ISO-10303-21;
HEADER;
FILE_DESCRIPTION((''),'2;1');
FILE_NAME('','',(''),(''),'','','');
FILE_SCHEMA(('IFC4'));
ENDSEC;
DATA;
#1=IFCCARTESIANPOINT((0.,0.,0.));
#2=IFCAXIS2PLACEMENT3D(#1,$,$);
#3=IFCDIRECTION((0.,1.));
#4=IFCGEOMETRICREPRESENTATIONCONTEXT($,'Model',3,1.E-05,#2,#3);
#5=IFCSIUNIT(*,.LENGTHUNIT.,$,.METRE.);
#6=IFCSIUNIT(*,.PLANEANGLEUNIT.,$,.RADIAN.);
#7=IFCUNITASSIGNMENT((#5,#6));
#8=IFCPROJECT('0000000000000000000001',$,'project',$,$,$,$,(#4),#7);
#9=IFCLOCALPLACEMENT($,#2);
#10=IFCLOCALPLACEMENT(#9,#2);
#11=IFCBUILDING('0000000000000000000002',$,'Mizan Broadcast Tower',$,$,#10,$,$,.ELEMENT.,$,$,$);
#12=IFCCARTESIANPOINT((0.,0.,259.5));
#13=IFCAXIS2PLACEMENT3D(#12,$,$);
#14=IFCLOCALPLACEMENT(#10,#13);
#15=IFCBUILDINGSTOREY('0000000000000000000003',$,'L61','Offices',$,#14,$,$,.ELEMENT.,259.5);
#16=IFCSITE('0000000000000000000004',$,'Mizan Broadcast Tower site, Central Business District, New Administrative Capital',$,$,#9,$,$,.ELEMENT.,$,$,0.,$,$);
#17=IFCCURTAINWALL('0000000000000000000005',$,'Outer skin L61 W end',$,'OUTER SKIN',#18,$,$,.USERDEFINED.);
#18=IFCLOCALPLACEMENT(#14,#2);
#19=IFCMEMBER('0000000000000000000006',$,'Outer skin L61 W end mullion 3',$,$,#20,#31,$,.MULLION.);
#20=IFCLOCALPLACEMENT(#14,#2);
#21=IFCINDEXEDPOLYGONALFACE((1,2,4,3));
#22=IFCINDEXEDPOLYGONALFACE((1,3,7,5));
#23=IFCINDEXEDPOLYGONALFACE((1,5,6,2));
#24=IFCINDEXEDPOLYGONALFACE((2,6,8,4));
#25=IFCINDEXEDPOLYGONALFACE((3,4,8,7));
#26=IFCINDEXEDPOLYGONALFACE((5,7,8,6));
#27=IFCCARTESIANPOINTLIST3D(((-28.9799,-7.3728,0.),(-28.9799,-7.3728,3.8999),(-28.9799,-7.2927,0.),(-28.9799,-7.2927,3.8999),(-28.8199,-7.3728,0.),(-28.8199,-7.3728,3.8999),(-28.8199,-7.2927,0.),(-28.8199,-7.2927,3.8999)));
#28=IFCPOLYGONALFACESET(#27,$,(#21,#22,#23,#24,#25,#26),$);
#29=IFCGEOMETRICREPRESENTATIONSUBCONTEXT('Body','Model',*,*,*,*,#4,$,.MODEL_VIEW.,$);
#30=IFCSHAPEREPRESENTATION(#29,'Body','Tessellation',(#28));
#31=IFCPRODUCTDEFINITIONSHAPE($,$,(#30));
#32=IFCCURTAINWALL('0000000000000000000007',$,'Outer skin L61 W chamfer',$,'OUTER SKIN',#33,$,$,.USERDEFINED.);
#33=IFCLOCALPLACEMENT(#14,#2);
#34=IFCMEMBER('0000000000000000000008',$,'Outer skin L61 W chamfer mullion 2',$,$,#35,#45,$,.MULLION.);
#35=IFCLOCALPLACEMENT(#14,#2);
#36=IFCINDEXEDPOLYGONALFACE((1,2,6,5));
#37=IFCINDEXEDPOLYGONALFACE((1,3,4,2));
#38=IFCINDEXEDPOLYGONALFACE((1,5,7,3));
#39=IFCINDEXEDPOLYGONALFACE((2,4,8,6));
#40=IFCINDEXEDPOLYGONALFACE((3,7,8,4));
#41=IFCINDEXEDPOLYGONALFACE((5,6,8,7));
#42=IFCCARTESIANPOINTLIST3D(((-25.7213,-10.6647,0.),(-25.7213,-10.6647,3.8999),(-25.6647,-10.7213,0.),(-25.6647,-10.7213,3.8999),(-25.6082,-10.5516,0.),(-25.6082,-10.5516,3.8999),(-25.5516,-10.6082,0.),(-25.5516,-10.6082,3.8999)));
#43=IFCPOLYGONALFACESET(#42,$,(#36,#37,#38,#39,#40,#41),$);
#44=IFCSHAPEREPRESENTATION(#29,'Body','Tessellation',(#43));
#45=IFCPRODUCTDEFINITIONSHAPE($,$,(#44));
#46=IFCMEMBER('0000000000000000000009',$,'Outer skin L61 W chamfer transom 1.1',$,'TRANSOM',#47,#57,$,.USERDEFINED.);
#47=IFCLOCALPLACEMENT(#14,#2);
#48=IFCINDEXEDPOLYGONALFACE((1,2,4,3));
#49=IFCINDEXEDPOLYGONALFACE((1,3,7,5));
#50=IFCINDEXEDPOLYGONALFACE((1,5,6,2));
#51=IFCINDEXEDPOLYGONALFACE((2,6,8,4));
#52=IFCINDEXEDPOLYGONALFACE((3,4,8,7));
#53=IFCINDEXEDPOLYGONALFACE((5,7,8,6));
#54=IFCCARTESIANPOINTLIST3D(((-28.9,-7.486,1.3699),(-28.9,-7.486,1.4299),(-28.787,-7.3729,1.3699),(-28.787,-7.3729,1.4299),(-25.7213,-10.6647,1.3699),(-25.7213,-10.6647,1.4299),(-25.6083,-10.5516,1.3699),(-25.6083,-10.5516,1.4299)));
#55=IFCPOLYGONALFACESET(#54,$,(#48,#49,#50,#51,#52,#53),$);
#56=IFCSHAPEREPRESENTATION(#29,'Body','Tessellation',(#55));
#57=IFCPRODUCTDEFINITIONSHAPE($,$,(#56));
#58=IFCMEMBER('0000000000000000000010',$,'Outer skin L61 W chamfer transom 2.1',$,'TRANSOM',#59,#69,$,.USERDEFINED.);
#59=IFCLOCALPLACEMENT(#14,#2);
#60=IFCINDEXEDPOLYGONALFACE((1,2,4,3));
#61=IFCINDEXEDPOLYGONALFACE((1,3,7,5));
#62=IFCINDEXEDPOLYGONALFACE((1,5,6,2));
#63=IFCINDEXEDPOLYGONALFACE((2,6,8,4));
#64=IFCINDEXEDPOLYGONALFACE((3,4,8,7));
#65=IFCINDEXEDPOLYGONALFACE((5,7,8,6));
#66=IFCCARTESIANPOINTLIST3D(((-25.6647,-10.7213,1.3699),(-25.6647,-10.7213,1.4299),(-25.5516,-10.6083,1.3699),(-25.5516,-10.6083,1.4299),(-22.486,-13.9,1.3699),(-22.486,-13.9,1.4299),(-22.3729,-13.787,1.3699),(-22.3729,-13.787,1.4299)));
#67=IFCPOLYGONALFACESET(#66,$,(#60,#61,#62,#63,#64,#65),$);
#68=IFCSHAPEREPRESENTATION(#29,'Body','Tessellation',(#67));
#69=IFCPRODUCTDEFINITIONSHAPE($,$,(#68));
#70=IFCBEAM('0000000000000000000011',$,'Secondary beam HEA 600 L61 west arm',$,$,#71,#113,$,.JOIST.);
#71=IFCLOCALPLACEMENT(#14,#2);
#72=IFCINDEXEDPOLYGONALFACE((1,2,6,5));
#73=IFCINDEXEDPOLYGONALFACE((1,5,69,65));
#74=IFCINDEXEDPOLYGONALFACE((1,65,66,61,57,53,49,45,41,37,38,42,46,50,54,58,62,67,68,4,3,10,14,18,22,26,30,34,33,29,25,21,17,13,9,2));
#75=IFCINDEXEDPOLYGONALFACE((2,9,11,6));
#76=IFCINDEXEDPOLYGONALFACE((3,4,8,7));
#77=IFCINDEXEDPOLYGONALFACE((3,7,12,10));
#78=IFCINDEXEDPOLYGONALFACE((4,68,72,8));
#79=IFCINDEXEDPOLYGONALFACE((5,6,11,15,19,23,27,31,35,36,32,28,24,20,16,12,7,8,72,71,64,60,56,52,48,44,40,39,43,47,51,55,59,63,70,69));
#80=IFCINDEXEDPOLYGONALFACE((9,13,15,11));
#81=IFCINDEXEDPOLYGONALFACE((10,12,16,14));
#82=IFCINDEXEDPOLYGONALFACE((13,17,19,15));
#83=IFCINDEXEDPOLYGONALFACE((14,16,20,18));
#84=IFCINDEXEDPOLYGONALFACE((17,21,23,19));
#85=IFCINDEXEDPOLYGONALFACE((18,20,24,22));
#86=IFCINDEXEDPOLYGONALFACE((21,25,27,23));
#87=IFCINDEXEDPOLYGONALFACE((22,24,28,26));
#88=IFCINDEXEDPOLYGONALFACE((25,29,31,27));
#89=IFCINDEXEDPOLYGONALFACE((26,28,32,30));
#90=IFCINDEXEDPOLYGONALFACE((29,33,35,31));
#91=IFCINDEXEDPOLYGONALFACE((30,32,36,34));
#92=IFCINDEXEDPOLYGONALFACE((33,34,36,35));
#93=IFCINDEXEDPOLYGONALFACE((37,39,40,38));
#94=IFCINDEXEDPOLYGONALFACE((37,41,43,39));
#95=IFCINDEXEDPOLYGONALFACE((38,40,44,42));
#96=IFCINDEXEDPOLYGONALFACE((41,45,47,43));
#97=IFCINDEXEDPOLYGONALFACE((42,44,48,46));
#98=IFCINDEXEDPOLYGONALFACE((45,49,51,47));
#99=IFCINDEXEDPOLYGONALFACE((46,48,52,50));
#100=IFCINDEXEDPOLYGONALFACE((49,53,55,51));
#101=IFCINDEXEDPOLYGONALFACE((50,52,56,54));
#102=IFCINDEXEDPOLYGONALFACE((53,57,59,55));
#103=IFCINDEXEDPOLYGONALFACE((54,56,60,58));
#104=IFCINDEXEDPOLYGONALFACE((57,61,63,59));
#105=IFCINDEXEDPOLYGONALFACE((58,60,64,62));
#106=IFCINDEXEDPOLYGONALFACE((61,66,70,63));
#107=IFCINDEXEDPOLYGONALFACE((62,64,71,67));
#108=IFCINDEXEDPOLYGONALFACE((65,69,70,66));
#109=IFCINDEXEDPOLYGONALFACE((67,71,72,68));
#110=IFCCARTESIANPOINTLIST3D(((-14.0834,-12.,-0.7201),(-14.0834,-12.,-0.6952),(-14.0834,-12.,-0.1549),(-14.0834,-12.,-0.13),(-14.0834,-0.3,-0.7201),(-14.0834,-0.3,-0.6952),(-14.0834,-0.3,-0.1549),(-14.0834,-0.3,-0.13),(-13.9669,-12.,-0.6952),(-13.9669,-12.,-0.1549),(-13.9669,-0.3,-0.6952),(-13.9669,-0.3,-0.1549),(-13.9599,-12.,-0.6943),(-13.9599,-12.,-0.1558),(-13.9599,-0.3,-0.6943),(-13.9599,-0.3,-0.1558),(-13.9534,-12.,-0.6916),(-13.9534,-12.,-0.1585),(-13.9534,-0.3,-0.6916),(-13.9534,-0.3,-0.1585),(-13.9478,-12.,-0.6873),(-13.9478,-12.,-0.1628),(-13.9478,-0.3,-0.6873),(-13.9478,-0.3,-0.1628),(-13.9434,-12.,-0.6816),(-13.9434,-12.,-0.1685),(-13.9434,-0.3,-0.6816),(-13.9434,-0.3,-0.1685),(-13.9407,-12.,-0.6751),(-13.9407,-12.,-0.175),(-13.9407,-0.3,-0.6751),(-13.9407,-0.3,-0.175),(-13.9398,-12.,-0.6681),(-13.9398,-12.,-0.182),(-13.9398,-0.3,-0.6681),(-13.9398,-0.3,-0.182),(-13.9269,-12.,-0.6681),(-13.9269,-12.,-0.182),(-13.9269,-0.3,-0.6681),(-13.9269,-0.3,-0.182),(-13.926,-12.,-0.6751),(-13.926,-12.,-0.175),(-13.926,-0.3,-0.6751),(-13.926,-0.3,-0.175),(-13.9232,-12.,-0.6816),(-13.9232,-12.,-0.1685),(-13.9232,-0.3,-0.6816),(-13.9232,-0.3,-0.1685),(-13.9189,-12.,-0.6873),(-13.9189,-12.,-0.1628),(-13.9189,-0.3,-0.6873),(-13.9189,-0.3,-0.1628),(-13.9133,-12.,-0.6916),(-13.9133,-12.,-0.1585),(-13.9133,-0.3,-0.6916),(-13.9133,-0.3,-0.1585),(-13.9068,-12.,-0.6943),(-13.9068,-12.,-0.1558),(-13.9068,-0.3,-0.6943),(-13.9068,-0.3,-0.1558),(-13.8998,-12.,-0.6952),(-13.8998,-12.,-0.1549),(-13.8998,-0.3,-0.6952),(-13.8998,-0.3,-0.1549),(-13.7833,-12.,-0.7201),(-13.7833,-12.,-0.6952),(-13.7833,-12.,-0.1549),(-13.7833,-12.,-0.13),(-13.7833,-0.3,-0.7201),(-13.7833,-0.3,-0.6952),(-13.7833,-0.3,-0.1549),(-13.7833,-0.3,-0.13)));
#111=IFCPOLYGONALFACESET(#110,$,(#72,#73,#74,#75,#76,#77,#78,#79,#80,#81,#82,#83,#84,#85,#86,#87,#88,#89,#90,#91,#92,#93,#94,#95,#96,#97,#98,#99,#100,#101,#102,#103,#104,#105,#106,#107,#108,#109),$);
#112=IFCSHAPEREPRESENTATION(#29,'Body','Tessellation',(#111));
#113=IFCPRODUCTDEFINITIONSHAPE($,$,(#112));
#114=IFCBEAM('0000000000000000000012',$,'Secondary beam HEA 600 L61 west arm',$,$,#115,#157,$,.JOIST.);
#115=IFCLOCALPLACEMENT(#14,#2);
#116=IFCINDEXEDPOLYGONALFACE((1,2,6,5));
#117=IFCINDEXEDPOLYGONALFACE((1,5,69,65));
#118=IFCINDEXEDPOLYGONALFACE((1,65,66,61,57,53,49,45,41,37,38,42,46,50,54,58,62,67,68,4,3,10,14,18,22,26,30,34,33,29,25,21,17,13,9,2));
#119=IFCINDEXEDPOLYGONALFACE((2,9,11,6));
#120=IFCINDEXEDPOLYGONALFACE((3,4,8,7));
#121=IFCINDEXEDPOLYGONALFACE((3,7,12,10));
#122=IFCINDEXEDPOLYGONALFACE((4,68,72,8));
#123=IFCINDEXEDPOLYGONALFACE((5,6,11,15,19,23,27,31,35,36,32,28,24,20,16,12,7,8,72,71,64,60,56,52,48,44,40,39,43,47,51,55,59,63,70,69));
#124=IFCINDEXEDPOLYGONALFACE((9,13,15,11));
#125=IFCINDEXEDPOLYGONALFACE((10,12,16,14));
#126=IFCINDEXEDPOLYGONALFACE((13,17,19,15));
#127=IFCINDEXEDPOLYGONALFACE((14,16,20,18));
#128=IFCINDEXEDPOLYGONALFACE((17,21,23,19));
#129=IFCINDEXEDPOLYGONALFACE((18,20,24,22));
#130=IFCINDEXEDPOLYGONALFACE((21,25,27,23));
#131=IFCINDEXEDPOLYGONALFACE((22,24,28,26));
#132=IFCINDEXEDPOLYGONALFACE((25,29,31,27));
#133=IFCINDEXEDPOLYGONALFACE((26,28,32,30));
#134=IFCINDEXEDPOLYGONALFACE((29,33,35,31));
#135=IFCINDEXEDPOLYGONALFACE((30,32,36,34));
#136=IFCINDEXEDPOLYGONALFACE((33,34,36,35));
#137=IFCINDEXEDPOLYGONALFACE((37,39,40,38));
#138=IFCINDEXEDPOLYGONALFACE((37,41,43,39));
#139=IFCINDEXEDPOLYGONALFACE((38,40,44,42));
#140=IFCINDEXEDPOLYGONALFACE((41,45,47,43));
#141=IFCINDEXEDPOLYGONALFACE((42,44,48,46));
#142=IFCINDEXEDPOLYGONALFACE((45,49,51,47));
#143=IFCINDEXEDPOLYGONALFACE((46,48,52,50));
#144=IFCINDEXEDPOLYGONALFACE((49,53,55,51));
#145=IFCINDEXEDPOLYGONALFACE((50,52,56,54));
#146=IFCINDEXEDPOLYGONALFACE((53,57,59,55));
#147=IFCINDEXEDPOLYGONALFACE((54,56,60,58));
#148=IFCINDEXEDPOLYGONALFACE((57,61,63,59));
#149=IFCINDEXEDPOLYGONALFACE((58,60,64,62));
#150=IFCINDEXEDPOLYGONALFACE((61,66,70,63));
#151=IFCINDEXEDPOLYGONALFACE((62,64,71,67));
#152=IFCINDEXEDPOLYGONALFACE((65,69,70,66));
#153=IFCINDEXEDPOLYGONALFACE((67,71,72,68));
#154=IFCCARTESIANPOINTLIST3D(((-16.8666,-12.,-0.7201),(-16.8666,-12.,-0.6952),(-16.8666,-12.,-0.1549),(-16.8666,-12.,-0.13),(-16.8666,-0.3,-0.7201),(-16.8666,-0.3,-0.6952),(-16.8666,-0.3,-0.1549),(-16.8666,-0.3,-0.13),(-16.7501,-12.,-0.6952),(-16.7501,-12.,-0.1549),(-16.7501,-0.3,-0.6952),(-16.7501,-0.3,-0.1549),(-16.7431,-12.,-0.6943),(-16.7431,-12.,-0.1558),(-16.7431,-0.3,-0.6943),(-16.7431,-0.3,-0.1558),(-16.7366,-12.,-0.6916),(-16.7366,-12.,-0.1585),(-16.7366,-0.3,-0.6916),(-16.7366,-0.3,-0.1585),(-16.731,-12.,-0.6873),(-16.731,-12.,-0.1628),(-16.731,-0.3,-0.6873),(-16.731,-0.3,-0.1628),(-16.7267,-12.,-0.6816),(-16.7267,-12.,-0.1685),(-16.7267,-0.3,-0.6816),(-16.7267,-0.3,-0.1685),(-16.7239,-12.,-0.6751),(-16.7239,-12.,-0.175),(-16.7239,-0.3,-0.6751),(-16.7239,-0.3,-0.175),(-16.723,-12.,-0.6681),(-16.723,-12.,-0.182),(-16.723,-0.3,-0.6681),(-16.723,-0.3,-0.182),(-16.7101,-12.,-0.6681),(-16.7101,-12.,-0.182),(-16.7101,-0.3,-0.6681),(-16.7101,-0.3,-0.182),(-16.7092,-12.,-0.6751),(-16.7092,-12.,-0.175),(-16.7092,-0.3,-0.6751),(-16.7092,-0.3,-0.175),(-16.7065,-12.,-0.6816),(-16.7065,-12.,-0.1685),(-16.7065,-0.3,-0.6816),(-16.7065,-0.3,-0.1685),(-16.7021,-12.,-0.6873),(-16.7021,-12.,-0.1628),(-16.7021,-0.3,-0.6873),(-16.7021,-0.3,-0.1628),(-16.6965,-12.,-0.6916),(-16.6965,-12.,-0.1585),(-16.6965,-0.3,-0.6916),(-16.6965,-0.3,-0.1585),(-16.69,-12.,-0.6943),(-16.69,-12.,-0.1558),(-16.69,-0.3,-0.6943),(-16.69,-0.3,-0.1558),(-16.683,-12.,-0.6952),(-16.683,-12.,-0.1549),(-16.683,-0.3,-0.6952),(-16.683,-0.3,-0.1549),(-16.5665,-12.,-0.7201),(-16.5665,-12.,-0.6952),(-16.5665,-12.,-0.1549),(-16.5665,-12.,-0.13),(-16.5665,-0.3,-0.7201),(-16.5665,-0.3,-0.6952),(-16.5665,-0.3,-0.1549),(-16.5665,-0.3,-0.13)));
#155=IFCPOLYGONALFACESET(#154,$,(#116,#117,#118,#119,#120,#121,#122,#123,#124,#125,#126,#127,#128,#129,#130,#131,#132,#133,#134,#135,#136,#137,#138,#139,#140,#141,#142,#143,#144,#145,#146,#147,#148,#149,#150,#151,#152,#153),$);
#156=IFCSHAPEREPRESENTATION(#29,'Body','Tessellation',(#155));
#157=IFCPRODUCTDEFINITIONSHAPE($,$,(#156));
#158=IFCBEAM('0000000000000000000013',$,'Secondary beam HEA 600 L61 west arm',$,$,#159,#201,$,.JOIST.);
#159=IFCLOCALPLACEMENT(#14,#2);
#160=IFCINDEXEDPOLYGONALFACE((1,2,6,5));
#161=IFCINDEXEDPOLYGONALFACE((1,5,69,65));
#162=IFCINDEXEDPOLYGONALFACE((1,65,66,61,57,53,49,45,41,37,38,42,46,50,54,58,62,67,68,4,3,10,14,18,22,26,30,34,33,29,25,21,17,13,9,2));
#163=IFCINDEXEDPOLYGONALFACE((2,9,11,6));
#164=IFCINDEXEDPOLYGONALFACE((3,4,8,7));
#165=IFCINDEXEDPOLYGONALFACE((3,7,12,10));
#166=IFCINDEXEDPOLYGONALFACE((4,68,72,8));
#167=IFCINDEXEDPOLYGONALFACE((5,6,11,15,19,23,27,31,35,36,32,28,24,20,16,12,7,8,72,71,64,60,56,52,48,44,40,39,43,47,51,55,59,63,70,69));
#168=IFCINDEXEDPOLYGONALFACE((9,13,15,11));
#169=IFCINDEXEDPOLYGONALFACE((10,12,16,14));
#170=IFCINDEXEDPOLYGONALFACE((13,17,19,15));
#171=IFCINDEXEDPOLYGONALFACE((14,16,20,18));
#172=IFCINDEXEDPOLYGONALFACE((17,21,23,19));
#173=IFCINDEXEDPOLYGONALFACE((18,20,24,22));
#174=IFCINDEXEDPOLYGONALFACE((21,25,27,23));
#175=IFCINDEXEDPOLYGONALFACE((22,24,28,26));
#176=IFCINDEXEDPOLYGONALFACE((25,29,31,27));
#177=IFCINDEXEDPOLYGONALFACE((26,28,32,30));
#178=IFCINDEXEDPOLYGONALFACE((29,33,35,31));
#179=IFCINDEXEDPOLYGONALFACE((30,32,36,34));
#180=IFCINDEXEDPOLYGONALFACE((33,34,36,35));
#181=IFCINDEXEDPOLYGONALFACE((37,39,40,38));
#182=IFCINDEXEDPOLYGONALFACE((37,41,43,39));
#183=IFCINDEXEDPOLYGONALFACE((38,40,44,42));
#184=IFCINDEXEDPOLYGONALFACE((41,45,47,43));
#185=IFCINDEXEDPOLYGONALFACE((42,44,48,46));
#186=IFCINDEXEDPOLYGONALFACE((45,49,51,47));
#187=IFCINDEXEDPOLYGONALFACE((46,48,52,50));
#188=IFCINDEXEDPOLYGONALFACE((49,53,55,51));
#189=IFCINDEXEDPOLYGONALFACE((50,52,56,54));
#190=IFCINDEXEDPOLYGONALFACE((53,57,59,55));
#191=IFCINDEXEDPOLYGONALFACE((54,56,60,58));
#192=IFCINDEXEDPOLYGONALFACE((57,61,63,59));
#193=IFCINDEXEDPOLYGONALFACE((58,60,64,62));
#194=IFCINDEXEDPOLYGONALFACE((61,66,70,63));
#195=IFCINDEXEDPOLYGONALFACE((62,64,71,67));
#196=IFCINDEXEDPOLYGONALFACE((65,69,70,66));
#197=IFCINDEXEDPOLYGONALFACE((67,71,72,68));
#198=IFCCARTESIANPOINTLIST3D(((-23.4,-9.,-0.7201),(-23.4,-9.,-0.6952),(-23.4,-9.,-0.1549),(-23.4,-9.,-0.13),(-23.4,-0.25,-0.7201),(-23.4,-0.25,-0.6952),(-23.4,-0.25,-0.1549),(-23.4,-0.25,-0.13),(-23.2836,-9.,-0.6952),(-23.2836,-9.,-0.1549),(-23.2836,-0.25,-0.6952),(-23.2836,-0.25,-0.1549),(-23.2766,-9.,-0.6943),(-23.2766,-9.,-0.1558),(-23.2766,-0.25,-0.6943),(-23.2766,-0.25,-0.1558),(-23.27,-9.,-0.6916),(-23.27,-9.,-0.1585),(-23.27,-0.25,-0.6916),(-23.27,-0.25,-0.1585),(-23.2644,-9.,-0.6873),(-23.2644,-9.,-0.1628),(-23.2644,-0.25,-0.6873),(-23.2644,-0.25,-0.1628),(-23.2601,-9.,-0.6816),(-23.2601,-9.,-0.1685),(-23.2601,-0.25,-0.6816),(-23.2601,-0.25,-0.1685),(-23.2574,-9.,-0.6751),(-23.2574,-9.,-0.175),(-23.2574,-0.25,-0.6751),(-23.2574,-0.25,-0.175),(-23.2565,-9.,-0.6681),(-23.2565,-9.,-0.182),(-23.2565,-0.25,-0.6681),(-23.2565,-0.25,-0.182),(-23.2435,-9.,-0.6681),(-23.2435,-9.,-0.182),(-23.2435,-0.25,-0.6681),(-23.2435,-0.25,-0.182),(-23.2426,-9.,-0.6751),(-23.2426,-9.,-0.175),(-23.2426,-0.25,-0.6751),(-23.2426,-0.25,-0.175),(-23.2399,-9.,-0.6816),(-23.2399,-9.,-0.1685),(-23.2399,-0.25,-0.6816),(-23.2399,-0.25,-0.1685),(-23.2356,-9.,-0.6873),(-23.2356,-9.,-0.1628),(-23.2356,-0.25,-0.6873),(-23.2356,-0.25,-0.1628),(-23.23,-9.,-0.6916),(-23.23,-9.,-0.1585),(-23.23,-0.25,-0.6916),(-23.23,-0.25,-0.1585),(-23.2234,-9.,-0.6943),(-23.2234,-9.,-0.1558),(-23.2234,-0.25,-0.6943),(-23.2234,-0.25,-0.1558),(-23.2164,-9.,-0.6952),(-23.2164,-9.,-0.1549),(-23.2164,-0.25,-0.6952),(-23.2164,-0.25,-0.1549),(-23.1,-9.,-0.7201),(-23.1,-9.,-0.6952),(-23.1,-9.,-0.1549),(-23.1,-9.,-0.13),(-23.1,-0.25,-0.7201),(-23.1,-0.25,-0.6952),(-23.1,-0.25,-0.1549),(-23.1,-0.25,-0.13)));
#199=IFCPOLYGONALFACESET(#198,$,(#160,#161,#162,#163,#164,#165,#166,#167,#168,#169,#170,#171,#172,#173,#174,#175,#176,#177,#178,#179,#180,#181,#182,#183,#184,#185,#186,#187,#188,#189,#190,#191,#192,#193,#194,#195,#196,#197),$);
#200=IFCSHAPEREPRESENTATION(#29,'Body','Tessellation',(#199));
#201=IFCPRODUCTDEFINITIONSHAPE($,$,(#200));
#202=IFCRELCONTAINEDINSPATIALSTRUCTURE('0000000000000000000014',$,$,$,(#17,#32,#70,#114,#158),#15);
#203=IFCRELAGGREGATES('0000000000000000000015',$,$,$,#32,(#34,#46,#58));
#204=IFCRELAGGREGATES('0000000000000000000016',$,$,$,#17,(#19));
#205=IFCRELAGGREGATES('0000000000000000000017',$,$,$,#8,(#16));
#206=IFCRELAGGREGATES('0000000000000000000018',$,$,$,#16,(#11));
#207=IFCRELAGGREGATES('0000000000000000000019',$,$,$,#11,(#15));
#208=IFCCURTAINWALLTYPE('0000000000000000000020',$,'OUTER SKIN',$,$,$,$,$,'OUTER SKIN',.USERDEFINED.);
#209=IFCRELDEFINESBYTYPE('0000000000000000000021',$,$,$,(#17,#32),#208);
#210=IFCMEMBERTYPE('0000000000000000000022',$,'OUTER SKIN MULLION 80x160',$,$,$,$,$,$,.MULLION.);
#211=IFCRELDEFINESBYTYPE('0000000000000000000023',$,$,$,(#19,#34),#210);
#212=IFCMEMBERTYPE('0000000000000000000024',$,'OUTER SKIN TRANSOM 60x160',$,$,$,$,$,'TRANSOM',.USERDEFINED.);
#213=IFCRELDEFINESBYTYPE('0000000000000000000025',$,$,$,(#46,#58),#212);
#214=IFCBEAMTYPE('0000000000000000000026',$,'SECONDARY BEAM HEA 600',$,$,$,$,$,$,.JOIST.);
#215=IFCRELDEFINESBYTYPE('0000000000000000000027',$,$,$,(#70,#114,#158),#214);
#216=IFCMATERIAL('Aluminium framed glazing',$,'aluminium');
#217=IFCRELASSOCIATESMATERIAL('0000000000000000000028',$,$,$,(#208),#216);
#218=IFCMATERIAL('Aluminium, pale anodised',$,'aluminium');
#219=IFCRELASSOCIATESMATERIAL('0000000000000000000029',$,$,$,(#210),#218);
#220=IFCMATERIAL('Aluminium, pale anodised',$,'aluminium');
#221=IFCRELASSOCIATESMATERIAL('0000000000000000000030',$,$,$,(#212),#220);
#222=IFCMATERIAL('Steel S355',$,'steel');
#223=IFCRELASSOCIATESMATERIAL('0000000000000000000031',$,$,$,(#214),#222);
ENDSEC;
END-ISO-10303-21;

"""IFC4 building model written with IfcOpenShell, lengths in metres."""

from ifc_helpers import new_model, si_unit, direction, frame, origin, origin_2d, place, context, subcontext, project, spatial, rectangle, i_section, extrude, material, material_profile, profile_set, type_object, element, aggregate, save


model = new_model("IFC4")

# Units and contexts
model_context = context("Model", 3, precision=1e-05, world=origin(), true_north=direction((0.0, 1.0)))
body_context = subcontext(model_context, "Body", "Model", "MODEL_VIEW")
ifc_project = project(units=[si_unit("LENGTHUNIT", "METRE"), si_unit("PLANEANGLEUNIT", "RADIAN")], contexts=[model_context])

# Site, building, storey
site_placement = place(None, origin())
site = spatial("IfcSite", under=ifc_project, at=site_placement, Name="Mizan Broadcast Tower site, Central Business District, New Administrative Capital", CompositionType="ELEMENT", RefElevation=0.0)
building_placement = place(site_placement, origin())
building = spatial("IfcBuilding", under=site, at=building_placement, Name="Mizan Broadcast Tower", CompositionType="ELEMENT")
storey_placement = place(building_placement, frame((0.0, 0.0, 259.5)))
storey = spatial("IfcBuildingStorey", under=building, at=storey_placement, Name="L61", Description="Offices", CompositionType="ELEMENT", Elevation=259.5)

# Curtain wall, member
ifc_material_1 = material(Name="Aluminium framed glazing", Category="aluminium")
curtain_wall_type_1 = type_object("IfcCurtainWallType", Name="OUTER SKIN", ElementType="OUTER SKIN", PredefinedType="USERDEFINED", material=ifc_material_1)
curtain_wall_1_placement = place(storey_placement, origin())
curtain_wall_1 = element("IfcCurtainWall", 1, at=curtain_wall_1_placement, inside=storey, type_object=curtain_wall_type_1, Name="Outer skin L61 W end", ObjectType="OUTER SKIN", PredefinedType="USERDEFINED")
ifc_material_2 = material(Name="Aluminium, pale anodised", Category="aluminium")
ifc_material_profile_1 = material_profile(ifc_material_2, rectangle(XDim=0.1599, YDim=0.0801, at=origin_2d()), Name="MULLION 160x80")
ifc_profile_set_1 = profile_set([ifc_material_profile_1], Name="Aluminium, pale anodised")
member_type_1 = type_object("IfcMemberType", Name="OUTER SKIN MULLION 80x160", PredefinedType="MULLION", material=ifc_profile_set_1)
member_1_placement = place(storey_placement, frame((-28.8999, -7.3328, 0.0), z_axis=(0.0, 0.0, 1.0), x_axis=(1.0, 0.0, 0.0)))
member_1 = element("IfcMember", 2, at=member_1_placement, type_object=member_type_1, Name="Outer skin L61 W end mullion 3", PredefinedType="MULLION", context=body_context, shape_type="SweptSolid", body=[
    extrude(rectangle(XDim=0.1599, YDim=0.0801, at=origin_2d()), origin(), (0.0, 0.0, 1.0), 3.8999),
])

# Curtain wall, members
curtain_wall_2_placement = place(storey_placement, origin())
curtain_wall_2 = element("IfcCurtainWall", 3, at=curtain_wall_2_placement, inside=storey, type_object=curtain_wall_type_1, Name="Outer skin L61 W chamfer", ObjectType="OUTER SKIN", PredefinedType="USERDEFINED")
member_2_placement = place(storey_placement, frame((-25.6365, -10.6365, 0.0), z_axis=(0.0, 0.0, 1.0), x_axis=(0.707107, 0.707107, 0.0)))
member_2 = element("IfcMember", 4, at=member_2_placement, type_object=member_type_1, Name="Outer skin L61 W chamfer mullion 2", PredefinedType="MULLION", context=body_context, shape_type="SweptSolid", body=[
    extrude(rectangle(XDim=0.1599, YDim=0.0801, at=origin_2d()), origin(), (0.0, 0.0, 1.0), 3.8999),
])
ifc_material_3 = material(Name="Aluminium, pale anodised", Category="aluminium")
ifc_material_profile_2 = material_profile(ifc_material_3, rectangle(XDim=0.1599, YDim=0.0601, at=origin_2d()), Name="TRANSOM 160x60")
ifc_profile_set_2 = profile_set([ifc_material_profile_2], Name="Aluminium, pale anodised")
member_type_2 = type_object("IfcMemberType", Name="OUTER SKIN TRANSOM 60x160", ElementType="TRANSOM", PredefinedType="USERDEFINED", material=ifc_profile_set_2)
member_3_placement = place(storey_placement, frame((-28.8435, -7.4294, 1.3999), z_axis=(0.707107, -0.707107, 0.0), x_axis=(0.707107, 0.707107, 0.0)))
member_3 = element("IfcMember", 5, at=member_3_placement, type_object=member_type_2, Name="Outer skin L61 W chamfer transom 1.1", ObjectType="TRANSOM", PredefinedType="USERDEFINED", context=body_context, shape_type="SweptSolid", body=[
    extrude(rectangle(XDim=0.1599, YDim=0.0601, at=origin_2d()), origin(), (0.0, 0.0, 1.0), 4.4954),
])
member_4_placement = place(storey_placement, frame((-25.6082, -10.6648, 1.3999), z_axis=(0.707107, -0.707107, 0.0), x_axis=(0.707107, 0.707107, 0.0)))
member_4 = element("IfcMember", 6, at=member_4_placement, type_object=member_type_2, Name="Outer skin L61 W chamfer transom 2.1", ObjectType="TRANSOM", PredefinedType="USERDEFINED", context=body_context, shape_type="SweptSolid", body=[
    extrude(rectangle(XDim=0.1599, YDim=0.0601, at=origin_2d()), origin(), (0.0, 0.0, 1.0), 4.4954),
])

# Beams
ifc_material_4 = material(Name="Steel S355", Category="steel")
ifc_material_profile_3 = material_profile(ifc_material_4, i_section(OverallWidth=0.3, OverallDepth=0.5901, WebThickness=0.0129, FlangeThickness=0.0249, FilletRadius=0.0271, at=origin_2d()), Name="HEA 600")
ifc_profile_set_3 = profile_set([ifc_material_profile_3], Name="Steel S355")
beam_type_1 = type_object("IfcBeamType", Name="SECONDARY BEAM HEA 600", PredefinedType="JOIST", material=ifc_profile_set_3)
for number, where, z_axis, x_axis, name in (
    (7, (-13.9333, -12.0, -0.425), (0.0, 1.0, 0.0), (-1.0, 0.0, 0.0), "Secondary beam HEA 600 L61 west arm"),
    (8, (-16.7166, -12.0, -0.425), (0.0, 1.0, 0.0), (-1.0, 0.0, 0.0), "Secondary beam HEA 600 L61 west arm"),
):
    element("IfcBeam", number, at=place(storey_placement, frame(where, z_axis=z_axis, x_axis=x_axis)), inside=storey, type_object=beam_type_1, Name=name, PredefinedType="JOIST", context=body_context, shape_type="SweptSolid", body=[
        extrude(i_section(OverallWidth=0.3, OverallDepth=0.5901, WebThickness=0.0129, FlangeThickness=0.0249, FilletRadius=0.0271, at=origin_2d()), origin(), (0.0, 0.0, 1.0), 11.7),
    ])
beam_1_placement = place(storey_placement, frame((-23.25, -9.0, -0.425), z_axis=(0.0, 1.0, 0.0), x_axis=(-1.0, 0.0, 0.0)))
element("IfcBeam", 9, at=beam_1_placement, inside=storey, type_object=beam_type_1, Name="Secondary beam HEA 600 L61 west arm", PredefinedType="JOIST", context=body_context, shape_type="SweptSolid", body=[
    extrude(i_section(OverallWidth=0.3, OverallDepth=0.5901, WebThickness=0.0129, FlangeThickness=0.0249, FilletRadius=0.0271, at=origin_2d()), origin(), (0.0, 0.0, 1.0), 8.75),
])

aggregate(curtain_wall_2, [member_2, member_3, member_4])
aggregate(curtain_wall_1, [member_1])

save(model, "model.ifc")
